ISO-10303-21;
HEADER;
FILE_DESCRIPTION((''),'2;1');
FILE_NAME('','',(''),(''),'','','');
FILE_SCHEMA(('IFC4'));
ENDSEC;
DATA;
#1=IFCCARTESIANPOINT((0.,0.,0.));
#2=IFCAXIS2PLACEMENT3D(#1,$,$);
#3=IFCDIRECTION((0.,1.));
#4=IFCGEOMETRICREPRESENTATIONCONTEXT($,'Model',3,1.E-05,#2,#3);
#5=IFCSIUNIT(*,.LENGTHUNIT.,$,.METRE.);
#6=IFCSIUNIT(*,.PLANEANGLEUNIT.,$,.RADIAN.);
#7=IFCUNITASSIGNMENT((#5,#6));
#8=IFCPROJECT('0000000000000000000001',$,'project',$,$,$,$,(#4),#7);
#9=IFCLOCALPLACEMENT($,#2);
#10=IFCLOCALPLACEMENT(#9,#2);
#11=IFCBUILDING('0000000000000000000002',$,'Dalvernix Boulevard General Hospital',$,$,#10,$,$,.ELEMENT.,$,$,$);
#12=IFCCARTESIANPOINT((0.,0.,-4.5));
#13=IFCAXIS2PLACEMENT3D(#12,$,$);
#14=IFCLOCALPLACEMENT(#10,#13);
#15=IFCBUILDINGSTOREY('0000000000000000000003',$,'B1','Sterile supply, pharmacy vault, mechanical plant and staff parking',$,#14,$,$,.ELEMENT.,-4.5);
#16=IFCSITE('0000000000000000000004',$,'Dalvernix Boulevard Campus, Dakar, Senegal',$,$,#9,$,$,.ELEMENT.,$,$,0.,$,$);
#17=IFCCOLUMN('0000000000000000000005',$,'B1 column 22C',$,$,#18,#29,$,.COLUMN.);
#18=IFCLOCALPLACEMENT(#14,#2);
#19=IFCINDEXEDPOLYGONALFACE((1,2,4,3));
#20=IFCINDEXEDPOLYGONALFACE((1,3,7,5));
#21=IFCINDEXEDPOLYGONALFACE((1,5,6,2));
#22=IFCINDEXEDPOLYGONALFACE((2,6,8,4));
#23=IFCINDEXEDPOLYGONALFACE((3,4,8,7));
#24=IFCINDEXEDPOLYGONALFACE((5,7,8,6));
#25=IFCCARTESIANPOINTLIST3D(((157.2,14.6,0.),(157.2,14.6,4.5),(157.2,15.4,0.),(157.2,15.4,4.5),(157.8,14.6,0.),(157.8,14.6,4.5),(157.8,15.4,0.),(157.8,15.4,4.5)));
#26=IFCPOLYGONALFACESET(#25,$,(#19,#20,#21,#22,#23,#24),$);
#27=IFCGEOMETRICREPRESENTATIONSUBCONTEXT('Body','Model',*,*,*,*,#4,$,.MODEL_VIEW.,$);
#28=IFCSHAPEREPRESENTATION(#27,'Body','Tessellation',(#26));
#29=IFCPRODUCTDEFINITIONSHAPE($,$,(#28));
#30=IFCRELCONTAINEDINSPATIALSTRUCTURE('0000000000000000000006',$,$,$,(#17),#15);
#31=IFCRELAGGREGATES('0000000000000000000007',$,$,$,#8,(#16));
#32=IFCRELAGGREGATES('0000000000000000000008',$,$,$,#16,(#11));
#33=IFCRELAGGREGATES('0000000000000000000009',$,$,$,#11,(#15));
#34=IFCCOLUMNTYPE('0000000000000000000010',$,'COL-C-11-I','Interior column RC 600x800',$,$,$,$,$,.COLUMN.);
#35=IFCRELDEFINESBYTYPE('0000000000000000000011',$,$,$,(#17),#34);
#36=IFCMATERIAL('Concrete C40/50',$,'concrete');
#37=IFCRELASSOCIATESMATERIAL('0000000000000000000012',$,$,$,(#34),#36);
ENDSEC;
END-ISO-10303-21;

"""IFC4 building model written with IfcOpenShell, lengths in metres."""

from ifc_helpers import new_model, si_unit, direction, frame, origin, origin_2d, place, context, subcontext, project, spatial, rectangle, extrude, material, material_profile, profile_set, type_object, element, save


model = new_model("IFC4")

# Units and contexts
model_context = context("Model", 3, precision=1e-05, world=origin(), true_north=direction((0.0, 1.0)))
body_context = subcontext(model_context, "Body", "Model", "MODEL_VIEW")
ifc_project = project(units=[si_unit("LENGTHUNIT", "METRE"), si_unit("PLANEANGLEUNIT", "RADIAN")], contexts=[model_context])

# Site, building, storey
site_placement = place(None, origin())
site = spatial("IfcSite", under=ifc_project, at=site_placement, Name="Dalvernix Boulevard Campus, Dakar, Senegal", CompositionType="ELEMENT", RefElevation=0.0)
building_placement = place(site_placement, origin())
building = spatial("IfcBuilding", under=site, at=building_placement, Name="Dalvernix Boulevard General Hospital", CompositionType="ELEMENT")
storey_placement = place(building_placement, frame((0.0, 0.0, -4.5)))
storey = spatial("IfcBuildingStorey", under=building, at=storey_placement, Name="B1", Description="Sterile supply, pharmacy vault, mechanical plant and staff parking", CompositionType="ELEMENT", Elevation=-4.5)

# Shared definitions
ifc_material_1 = material(Name="Concrete C40/50", Category="concrete")

# Column
ifc_material_profile_1 = material_profile(ifc_material_1, rectangle(XDim=0.6001, YDim=0.8, at=origin_2d()), Name="RC 600x800")
ifc_profile_set_1 = profile_set([ifc_material_profile_1], Name="Concrete C40/50")
column_type_1 = type_object("IfcColumnType", Name="COL-C-11-I", Description="Interior column RC 600x800", PredefinedType="COLUMN", material=ifc_profile_set_1)
column_1_placement = place(storey_placement, frame((157.5, 15.0, 0.0), z_axis=(0.0, 0.0, 1.0), x_axis=(1.0, 0.0, 0.0)))
element("IfcColumn", 1, at=column_1_placement, inside=storey, type_object=column_type_1, Name="B1 column 22C", PredefinedType="COLUMN", context=body_context, shape_type="SweptSolid", body=[
    extrude(rectangle(XDim=0.6001, YDim=0.8, at=origin_2d()), origin(), (0.0, 0.0, 1.0), 4.5),
])

save(model, "model.ifc")
